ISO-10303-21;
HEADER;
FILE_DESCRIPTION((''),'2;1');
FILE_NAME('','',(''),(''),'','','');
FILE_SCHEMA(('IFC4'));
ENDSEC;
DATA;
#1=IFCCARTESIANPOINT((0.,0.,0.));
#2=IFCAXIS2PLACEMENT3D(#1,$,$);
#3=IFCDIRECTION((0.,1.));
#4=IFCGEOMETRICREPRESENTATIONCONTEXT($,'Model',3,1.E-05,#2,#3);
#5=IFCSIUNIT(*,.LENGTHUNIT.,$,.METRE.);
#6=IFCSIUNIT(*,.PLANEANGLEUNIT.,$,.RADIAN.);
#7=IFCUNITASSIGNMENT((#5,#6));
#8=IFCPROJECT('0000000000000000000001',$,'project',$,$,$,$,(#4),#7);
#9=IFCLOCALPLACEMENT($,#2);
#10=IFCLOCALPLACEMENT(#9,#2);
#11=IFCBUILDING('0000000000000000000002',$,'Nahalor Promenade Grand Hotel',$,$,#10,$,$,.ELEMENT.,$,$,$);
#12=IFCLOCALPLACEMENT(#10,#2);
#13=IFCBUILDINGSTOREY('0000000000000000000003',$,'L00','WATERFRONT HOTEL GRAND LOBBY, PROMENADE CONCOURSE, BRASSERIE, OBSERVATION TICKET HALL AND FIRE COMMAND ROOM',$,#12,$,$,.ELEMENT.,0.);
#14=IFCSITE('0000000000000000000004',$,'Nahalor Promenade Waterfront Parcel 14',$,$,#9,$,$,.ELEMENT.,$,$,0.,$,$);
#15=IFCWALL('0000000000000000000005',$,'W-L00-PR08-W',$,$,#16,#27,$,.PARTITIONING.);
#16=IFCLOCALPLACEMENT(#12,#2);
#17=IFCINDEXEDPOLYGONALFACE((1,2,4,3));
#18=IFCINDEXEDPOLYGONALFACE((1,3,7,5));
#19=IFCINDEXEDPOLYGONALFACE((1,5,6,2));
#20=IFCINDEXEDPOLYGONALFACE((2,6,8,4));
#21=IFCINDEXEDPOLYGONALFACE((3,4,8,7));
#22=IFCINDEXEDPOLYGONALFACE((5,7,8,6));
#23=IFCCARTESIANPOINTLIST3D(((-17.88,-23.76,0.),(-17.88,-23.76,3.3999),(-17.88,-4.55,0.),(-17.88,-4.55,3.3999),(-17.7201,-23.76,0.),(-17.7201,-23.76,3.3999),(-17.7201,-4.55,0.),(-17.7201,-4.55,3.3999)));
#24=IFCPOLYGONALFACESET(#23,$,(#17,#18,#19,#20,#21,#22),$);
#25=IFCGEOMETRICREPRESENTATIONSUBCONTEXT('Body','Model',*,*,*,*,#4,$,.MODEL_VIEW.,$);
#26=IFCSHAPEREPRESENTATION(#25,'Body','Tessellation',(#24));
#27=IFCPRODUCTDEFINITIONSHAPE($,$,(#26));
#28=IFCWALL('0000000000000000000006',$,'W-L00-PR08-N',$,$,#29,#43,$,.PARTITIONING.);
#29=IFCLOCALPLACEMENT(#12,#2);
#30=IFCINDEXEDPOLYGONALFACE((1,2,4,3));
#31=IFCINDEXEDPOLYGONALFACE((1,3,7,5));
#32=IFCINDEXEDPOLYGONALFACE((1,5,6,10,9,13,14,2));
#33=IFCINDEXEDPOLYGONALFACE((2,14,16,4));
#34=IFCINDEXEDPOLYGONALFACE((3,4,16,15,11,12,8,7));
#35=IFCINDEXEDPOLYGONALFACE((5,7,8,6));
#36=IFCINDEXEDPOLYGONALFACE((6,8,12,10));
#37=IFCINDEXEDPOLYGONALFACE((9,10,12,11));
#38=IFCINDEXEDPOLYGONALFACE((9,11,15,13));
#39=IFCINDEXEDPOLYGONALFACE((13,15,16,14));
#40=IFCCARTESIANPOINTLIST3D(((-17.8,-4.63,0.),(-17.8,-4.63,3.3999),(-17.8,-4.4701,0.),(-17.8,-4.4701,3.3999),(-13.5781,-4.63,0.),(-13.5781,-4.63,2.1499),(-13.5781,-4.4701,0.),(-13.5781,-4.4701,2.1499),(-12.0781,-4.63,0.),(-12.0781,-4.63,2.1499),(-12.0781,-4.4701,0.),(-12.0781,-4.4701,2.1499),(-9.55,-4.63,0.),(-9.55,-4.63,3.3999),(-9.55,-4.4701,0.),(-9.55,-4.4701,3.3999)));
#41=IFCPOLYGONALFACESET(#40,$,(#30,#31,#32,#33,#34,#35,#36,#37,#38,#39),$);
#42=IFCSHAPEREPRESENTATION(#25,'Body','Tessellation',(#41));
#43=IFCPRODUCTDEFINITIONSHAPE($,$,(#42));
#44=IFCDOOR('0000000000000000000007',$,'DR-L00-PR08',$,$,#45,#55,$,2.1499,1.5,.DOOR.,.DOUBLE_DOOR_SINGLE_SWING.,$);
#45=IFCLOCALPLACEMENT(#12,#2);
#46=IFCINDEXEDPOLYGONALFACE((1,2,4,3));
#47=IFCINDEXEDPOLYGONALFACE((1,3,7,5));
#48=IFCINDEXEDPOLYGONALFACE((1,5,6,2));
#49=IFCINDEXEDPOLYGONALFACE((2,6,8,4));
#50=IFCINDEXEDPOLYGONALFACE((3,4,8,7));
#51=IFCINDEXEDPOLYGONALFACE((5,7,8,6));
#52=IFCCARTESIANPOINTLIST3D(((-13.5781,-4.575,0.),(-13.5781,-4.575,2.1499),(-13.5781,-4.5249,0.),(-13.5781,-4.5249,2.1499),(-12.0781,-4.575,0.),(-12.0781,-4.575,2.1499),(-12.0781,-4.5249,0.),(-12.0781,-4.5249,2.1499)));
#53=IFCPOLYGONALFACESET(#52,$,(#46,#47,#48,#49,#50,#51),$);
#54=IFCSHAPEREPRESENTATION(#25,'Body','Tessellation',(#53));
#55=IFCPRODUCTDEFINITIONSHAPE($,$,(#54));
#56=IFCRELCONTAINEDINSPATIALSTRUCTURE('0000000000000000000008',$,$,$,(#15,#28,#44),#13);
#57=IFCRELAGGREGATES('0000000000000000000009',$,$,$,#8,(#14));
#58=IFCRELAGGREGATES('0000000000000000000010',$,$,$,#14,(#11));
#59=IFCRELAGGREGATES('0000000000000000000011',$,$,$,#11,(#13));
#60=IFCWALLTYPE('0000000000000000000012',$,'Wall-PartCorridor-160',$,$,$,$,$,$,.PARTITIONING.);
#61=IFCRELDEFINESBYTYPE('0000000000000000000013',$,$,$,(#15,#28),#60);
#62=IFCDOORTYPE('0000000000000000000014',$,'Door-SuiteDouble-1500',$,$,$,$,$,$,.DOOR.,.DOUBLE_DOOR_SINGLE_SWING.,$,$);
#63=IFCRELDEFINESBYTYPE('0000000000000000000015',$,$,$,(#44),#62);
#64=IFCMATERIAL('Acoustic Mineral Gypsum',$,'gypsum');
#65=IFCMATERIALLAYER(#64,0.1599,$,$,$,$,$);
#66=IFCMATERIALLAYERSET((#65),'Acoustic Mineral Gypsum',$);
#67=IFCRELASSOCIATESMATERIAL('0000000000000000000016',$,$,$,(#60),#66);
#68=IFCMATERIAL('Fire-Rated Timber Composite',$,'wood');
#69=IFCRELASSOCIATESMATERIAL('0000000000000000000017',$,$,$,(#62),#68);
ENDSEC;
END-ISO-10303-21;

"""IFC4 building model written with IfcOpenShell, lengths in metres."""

from ifc_helpers import new_model, si_unit, direction, frame, frame_2d, origin, place, context, subcontext, project, spatial, rectangle, extrude, source, transform, mapped, material, layer, layer_set, type_object, element, fill, save


model = new_model("IFC4")

# Units and contexts
model_context = context("Model", 3, precision=1e-05, world=origin(), true_north=direction((0.0, 1.0)))
body_context = subcontext(model_context, "Body", "Model", "MODEL_VIEW")
ifc_project = project(units=[si_unit("LENGTHUNIT", "METRE"), si_unit("PLANEANGLEUNIT", "RADIAN")], contexts=[model_context])

# Site, building, storey
site_placement = place(None, origin())
site = spatial("IfcSite", under=ifc_project, at=site_placement, Name="Nahalor Promenade Waterfront Parcel 14", CompositionType="ELEMENT", RefElevation=0.0)
building_placement = place(site_placement, origin())
building = spatial("IfcBuilding", under=site, at=building_placement, Name="Nahalor Promenade Grand Hotel", CompositionType="ELEMENT")
storey_placement = place(building_placement, origin())
storey = spatial("IfcBuildingStorey", under=building, at=storey_placement, Name="L00", Description="WATERFRONT HOTEL GRAND LOBBY, PROMENADE CONCOURSE, BRASSERIE, OBSERVATION TICKET HALL AND FIRE COMMAND ROOM", CompositionType="ELEMENT", Elevation=0.0)

# Wall
ifc_material_1 = material(Name="Acoustic Mineral Gypsum", Category="gypsum")
ifc_layer_1 = layer(ifc_material_1, 0.1599)
ifc_layer_set_1 = layer_set([ifc_layer_1], Name="Acoustic Mineral Gypsum")
wall_type_1 = type_object("IfcWallType", Name="Wall-PartCorridor-160", PredefinedType="PARTITIONING", material=ifc_layer_set_1)
shared_shape_1 = source(origin(), body_context, "Body", "SweptSolid", [
    extrude(rectangle(XDim=19.21, YDim=0.1599, at=frame_2d((9.605, 0.0))), origin(), (0.0, 0.0, 1.0), 3.3999),
])
wall_1_placement = place(storey_placement, frame((-17.8, -23.76, 0.0), z_axis=(0.0, 0.0, 1.0), x_axis=(0.0, 1.0, 0.0)))
element("IfcWall", 1, at=wall_1_placement, inside=storey, type_object=wall_type_1, Name="W-L00-PR08-W", PredefinedType="PARTITIONING", context=body_context, shape_type="MappedRepresentation", body=[
    mapped(shared_shape_1, transform((0.0, 0.0, 0.0), scale=1.0)),
])

# Wall, opening, door
shared_shape_2 = source(origin(), body_context, "Body", "SweptSolid", [
    extrude(rectangle(XDim=8.25, YDim=0.1599, at=frame_2d((4.125, 0.0))), origin(), (0.0, 0.0, 1.0), 3.3999),
])
wall_2_placement = place(storey_placement, frame((-17.8, -4.55, 0.0), z_axis=(0.0, 0.0, 1.0), x_axis=(1.0, 0.0, 0.0)))
wall_2 = element("IfcWall", 2, at=wall_2_placement, inside=storey, type_object=wall_type_1, Name="W-L00-PR08-N", PredefinedType="PARTITIONING", context=body_context, shape_type="MappedRepresentation", body=[
    mapped(shared_shape_2, transform((0.0, 0.0, 0.0), scale=1.0)),
])
opening_1_placement = place(wall_2_placement, frame((4.2219, 0.0, 0.0)))
opening_1 = element("IfcOpeningElement", 3, at=opening_1_placement, cuts=wall_2, PredefinedType="OPENING", context=body_context, shape_type="SweptSolid", body=[
    extrude(rectangle(XDim=1.5, YDim=2.1499, at=frame_2d((0.75, 1.075))), frame((0.0, 0.0898, 0.0), z_axis=(0.0, -1.0, 0.0), x_axis=(1.0, 0.0, 0.0)), (0.0, 0.0, 1.0), 0.1799),
])
ifc_material_2 = material(Name="Fire-Rated Timber Composite", Category="wood")
door_type_1 = type_object("IfcDoorType", Name="Door-SuiteDouble-1500", OperationType="DOUBLE_DOOR_SINGLE_SWING", PredefinedType="DOOR", material=ifc_material_2)
shared_shape_3 = source(origin(), body_context, "Body", "SweptSolid", [
    extrude(rectangle(XDim=1.5, YDim=2.1499, at=frame_2d((0.75, 1.075))), frame((0.0, 0.0249, 0.0), z_axis=(0.0, -1.0, 0.0), x_axis=(1.0, 0.0, 0.0)), (0.0, 0.0, 1.0), 0.05),
])
door_1_placement = place(opening_1_placement, frame((1.5, 0.0, 0.0), z_axis=(0.0, 0.0, 1.0), x_axis=(-1.0, 0.0, 0.0)))
door_1 = element("IfcDoor", 4, at=door_1_placement, inside=storey, type_object=door_type_1, Name="DR-L00-PR08", OperationType="DOUBLE_DOOR_SINGLE_SWING", OverallHeight=2.1499, OverallWidth=1.5, PredefinedType="DOOR", context=body_context, shape_type="MappedRepresentation", body=[
    mapped(shared_shape_3, transform((0.0, 0.0, 0.0), scale=1.0)),
])
fill(opening_1, door_1)

save(model, "model.ifc")
